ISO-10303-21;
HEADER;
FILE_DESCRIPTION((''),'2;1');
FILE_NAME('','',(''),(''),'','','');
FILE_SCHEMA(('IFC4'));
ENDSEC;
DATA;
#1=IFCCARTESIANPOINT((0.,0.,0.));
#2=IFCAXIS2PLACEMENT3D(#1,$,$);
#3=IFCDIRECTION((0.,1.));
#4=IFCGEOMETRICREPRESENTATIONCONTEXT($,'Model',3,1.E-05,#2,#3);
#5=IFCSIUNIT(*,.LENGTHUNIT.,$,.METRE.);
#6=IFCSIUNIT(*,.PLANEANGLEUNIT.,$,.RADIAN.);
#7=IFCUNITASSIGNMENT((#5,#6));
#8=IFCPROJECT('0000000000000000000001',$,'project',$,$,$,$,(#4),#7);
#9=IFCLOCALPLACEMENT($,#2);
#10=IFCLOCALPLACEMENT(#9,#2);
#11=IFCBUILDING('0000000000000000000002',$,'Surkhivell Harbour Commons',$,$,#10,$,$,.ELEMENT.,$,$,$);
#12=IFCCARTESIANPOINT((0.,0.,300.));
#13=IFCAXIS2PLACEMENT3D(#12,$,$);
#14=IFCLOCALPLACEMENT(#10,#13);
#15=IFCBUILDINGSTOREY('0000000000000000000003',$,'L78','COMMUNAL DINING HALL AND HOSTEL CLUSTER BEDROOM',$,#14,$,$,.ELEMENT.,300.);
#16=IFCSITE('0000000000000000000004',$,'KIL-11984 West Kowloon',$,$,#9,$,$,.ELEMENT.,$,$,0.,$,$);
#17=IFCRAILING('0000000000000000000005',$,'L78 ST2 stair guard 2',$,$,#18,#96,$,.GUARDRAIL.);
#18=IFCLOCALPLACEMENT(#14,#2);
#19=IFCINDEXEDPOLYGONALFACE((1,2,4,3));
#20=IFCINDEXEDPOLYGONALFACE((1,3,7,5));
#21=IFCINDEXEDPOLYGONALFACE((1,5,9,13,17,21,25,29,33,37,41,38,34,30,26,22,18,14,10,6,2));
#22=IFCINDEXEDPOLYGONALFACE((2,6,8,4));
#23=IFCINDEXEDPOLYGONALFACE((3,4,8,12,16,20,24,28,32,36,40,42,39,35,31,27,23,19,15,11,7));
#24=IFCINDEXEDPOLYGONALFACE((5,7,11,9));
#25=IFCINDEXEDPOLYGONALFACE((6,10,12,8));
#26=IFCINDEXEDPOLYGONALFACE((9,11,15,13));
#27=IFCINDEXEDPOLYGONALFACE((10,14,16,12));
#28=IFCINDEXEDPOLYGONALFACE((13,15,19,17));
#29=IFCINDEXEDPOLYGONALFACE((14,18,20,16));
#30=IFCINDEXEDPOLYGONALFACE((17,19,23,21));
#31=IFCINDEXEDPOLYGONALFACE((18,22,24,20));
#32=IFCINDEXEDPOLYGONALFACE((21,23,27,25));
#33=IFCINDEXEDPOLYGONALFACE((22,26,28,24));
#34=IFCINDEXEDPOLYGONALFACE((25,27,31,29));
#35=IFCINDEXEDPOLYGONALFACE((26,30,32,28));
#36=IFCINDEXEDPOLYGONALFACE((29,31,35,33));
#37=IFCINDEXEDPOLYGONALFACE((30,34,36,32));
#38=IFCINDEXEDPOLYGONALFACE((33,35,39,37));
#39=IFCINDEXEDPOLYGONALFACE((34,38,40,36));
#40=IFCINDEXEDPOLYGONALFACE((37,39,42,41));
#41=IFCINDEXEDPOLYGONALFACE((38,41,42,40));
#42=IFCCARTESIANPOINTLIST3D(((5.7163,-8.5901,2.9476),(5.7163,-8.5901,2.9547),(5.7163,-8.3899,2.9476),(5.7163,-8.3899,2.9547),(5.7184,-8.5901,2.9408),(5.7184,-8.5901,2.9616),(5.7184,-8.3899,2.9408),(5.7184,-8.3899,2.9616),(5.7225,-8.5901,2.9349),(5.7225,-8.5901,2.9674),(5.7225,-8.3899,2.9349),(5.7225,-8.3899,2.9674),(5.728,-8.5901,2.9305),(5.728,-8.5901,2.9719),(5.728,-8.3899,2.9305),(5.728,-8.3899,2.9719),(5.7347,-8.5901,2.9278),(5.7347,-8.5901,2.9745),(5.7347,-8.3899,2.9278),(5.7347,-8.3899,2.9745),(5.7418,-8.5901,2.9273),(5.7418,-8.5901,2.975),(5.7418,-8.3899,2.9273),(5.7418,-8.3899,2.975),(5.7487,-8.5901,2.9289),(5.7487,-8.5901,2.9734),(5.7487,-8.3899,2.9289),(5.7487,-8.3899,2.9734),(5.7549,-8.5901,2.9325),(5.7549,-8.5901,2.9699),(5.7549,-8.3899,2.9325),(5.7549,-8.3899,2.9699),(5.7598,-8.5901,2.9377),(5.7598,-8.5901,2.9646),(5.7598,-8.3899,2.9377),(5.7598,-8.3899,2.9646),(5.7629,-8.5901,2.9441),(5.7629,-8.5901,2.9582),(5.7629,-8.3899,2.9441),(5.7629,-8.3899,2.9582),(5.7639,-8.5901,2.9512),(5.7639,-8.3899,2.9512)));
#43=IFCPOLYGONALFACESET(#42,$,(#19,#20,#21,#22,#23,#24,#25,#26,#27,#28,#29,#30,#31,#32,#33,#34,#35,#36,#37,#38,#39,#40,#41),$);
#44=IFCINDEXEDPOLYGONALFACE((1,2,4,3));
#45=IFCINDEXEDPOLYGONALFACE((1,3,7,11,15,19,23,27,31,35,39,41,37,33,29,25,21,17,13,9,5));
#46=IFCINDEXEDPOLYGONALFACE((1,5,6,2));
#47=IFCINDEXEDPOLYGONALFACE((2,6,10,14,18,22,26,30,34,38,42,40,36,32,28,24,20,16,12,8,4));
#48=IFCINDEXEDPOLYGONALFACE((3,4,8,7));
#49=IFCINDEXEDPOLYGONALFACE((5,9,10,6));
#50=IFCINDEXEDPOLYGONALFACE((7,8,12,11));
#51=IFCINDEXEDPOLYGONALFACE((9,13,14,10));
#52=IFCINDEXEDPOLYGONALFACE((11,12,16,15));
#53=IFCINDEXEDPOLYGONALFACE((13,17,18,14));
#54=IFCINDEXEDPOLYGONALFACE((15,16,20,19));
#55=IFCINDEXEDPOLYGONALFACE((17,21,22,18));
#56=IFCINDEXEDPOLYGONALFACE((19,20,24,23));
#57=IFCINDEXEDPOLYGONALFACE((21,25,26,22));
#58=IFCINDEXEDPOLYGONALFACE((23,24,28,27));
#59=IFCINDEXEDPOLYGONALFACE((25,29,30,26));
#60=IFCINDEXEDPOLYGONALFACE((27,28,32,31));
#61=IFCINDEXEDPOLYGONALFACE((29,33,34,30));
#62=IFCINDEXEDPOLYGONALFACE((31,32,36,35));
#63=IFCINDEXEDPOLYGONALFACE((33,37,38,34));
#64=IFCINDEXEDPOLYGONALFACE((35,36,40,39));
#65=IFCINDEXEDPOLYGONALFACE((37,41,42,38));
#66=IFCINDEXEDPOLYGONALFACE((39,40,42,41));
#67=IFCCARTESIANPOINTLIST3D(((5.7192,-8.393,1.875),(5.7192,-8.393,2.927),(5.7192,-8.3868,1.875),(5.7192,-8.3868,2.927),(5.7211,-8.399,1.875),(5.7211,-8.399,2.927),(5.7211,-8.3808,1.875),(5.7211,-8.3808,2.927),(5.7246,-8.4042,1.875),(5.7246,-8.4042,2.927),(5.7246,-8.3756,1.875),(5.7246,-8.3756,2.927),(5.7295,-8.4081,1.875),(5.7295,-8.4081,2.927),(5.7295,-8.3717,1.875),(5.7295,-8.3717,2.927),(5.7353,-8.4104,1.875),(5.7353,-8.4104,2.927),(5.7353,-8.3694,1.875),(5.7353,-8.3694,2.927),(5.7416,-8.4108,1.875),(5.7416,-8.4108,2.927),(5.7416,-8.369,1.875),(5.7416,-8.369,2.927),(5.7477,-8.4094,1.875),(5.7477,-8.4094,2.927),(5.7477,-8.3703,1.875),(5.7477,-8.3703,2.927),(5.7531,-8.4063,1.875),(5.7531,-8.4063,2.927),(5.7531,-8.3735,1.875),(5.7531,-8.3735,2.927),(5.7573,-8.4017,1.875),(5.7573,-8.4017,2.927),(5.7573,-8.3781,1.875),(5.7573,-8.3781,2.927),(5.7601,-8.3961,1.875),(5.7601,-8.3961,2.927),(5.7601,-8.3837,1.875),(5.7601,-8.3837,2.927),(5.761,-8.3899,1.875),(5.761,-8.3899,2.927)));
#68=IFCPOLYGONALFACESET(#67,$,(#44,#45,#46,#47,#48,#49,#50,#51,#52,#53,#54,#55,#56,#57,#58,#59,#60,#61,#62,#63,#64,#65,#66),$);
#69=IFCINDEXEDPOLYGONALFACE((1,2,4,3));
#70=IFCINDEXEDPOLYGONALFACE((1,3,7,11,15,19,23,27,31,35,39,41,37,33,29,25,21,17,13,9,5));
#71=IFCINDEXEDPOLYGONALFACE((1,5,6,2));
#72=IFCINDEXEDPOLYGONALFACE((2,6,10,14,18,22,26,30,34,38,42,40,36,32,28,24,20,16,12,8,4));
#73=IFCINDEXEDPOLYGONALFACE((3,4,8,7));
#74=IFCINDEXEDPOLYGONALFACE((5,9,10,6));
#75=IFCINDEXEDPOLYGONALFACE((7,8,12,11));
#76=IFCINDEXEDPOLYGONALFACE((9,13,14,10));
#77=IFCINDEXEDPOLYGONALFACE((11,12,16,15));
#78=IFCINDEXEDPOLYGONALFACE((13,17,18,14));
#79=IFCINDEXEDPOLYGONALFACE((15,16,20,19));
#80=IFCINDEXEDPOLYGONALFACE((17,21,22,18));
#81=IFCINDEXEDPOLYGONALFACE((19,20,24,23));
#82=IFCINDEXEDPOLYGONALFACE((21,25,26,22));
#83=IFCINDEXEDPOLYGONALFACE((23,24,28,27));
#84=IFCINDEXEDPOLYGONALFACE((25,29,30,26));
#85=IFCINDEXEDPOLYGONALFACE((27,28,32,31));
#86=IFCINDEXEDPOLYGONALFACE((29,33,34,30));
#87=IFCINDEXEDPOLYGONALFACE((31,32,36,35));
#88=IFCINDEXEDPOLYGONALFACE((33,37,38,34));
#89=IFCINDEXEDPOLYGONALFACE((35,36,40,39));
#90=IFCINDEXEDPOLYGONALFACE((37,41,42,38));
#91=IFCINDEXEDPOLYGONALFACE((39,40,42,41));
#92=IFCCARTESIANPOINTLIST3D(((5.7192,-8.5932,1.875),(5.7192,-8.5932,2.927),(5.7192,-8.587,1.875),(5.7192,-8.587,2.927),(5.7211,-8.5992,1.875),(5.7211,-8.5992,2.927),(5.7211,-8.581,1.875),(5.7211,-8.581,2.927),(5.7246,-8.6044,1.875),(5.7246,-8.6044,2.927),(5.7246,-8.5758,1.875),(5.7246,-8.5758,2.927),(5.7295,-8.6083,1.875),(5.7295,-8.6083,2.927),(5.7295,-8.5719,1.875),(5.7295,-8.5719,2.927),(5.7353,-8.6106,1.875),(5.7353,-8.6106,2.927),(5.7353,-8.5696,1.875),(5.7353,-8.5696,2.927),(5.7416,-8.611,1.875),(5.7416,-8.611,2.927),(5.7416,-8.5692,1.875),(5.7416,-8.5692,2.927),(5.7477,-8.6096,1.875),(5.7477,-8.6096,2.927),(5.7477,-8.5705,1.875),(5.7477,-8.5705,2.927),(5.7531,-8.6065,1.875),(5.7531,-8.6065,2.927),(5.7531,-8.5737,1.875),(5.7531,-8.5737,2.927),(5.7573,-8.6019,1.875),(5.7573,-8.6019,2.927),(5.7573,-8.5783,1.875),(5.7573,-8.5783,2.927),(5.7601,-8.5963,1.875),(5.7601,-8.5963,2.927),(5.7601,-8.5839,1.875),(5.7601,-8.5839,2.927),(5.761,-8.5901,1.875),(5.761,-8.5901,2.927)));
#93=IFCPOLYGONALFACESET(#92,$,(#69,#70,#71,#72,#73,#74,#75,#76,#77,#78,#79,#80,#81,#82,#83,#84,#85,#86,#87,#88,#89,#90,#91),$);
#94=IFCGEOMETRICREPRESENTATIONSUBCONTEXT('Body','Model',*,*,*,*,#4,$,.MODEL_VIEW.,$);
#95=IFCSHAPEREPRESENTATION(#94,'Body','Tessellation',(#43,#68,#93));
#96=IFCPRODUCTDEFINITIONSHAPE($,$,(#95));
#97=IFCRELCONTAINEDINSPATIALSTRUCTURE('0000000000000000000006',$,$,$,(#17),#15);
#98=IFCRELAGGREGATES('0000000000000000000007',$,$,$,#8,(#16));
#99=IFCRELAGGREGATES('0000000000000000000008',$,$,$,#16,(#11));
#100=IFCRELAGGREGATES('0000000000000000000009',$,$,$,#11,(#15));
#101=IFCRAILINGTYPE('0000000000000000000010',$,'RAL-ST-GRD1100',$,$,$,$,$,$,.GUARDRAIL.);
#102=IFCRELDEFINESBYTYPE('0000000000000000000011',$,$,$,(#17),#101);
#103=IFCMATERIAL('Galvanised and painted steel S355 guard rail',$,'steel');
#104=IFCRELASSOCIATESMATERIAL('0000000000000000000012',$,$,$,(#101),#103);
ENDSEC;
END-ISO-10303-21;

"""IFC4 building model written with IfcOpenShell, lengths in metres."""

from ifc_helpers import new_model, si_unit, direction, frame, origin, origin_2d, place, context, subcontext, project, spatial, circle, extrude, material, type_object, element, save


model = new_model("IFC4")

# Units and contexts
model_context = context("Model", 3, precision=1e-05, world=origin(), true_north=direction((0.0, 1.0)))
body_context = subcontext(model_context, "Body", "Model", "MODEL_VIEW")
ifc_project = project(units=[si_unit("LENGTHUNIT", "METRE"), si_unit("PLANEANGLEUNIT", "RADIAN")], contexts=[model_context])

# Site, building, storey
site_placement = place(None, origin())
site = spatial("IfcSite", under=ifc_project, at=site_placement, Name="KIL-11984 West Kowloon", CompositionType="ELEMENT", RefElevation=0.0)
building_placement = place(site_placement, origin())
building = spatial("IfcBuilding", under=site, at=building_placement, Name="Surkhivell Harbour Commons", CompositionType="ELEMENT")
storey_placement = place(building_placement, frame((0.0, 0.0, 300.0)))
storey = spatial("IfcBuildingStorey", under=building, at=storey_placement, Name="L78", Description="COMMUNAL DINING HALL AND HOSTEL CLUSTER BEDROOM", CompositionType="ELEMENT", Elevation=300.0)

# Railing
ifc_material_1 = material(Name="Galvanised and painted steel S355 guard rail", Category="steel")
railing_type_1 = type_object("IfcRailingType", Name="RAL-ST-GRD1100", PredefinedType="GUARDRAIL", material=ifc_material_1)
railing_1_placement = place(storey_placement, frame((5.74, -8.3899, 1.875)))
element("IfcRailing", 1, at=railing_1_placement, inside=storey, type_object=railing_type_1, Name="L78 ST2 stair guard 2", PredefinedType="GUARDRAIL", context=body_context, shape_type="SweptSolid", body=[
    extrude(circle(Radius=0.0239, at=origin_2d()), frame((0.0, 0.0, 1.0762), z_axis=(0.0, -1.0, 0.0), x_axis=(1.0, 0.0, 0.0)), (0.0, 0.0, 1.0), 0.2002),
    extrude(circle(Radius=0.021, at=origin_2d()), origin(), (0.0, 0.0, 1.0), 1.052),
    extrude(circle(Radius=0.021, at=origin_2d()), frame((0.0, -0.2002, 0.0)), (0.0, 0.0, 1.0), 1.052),
])

save(model, "model.ifc")
